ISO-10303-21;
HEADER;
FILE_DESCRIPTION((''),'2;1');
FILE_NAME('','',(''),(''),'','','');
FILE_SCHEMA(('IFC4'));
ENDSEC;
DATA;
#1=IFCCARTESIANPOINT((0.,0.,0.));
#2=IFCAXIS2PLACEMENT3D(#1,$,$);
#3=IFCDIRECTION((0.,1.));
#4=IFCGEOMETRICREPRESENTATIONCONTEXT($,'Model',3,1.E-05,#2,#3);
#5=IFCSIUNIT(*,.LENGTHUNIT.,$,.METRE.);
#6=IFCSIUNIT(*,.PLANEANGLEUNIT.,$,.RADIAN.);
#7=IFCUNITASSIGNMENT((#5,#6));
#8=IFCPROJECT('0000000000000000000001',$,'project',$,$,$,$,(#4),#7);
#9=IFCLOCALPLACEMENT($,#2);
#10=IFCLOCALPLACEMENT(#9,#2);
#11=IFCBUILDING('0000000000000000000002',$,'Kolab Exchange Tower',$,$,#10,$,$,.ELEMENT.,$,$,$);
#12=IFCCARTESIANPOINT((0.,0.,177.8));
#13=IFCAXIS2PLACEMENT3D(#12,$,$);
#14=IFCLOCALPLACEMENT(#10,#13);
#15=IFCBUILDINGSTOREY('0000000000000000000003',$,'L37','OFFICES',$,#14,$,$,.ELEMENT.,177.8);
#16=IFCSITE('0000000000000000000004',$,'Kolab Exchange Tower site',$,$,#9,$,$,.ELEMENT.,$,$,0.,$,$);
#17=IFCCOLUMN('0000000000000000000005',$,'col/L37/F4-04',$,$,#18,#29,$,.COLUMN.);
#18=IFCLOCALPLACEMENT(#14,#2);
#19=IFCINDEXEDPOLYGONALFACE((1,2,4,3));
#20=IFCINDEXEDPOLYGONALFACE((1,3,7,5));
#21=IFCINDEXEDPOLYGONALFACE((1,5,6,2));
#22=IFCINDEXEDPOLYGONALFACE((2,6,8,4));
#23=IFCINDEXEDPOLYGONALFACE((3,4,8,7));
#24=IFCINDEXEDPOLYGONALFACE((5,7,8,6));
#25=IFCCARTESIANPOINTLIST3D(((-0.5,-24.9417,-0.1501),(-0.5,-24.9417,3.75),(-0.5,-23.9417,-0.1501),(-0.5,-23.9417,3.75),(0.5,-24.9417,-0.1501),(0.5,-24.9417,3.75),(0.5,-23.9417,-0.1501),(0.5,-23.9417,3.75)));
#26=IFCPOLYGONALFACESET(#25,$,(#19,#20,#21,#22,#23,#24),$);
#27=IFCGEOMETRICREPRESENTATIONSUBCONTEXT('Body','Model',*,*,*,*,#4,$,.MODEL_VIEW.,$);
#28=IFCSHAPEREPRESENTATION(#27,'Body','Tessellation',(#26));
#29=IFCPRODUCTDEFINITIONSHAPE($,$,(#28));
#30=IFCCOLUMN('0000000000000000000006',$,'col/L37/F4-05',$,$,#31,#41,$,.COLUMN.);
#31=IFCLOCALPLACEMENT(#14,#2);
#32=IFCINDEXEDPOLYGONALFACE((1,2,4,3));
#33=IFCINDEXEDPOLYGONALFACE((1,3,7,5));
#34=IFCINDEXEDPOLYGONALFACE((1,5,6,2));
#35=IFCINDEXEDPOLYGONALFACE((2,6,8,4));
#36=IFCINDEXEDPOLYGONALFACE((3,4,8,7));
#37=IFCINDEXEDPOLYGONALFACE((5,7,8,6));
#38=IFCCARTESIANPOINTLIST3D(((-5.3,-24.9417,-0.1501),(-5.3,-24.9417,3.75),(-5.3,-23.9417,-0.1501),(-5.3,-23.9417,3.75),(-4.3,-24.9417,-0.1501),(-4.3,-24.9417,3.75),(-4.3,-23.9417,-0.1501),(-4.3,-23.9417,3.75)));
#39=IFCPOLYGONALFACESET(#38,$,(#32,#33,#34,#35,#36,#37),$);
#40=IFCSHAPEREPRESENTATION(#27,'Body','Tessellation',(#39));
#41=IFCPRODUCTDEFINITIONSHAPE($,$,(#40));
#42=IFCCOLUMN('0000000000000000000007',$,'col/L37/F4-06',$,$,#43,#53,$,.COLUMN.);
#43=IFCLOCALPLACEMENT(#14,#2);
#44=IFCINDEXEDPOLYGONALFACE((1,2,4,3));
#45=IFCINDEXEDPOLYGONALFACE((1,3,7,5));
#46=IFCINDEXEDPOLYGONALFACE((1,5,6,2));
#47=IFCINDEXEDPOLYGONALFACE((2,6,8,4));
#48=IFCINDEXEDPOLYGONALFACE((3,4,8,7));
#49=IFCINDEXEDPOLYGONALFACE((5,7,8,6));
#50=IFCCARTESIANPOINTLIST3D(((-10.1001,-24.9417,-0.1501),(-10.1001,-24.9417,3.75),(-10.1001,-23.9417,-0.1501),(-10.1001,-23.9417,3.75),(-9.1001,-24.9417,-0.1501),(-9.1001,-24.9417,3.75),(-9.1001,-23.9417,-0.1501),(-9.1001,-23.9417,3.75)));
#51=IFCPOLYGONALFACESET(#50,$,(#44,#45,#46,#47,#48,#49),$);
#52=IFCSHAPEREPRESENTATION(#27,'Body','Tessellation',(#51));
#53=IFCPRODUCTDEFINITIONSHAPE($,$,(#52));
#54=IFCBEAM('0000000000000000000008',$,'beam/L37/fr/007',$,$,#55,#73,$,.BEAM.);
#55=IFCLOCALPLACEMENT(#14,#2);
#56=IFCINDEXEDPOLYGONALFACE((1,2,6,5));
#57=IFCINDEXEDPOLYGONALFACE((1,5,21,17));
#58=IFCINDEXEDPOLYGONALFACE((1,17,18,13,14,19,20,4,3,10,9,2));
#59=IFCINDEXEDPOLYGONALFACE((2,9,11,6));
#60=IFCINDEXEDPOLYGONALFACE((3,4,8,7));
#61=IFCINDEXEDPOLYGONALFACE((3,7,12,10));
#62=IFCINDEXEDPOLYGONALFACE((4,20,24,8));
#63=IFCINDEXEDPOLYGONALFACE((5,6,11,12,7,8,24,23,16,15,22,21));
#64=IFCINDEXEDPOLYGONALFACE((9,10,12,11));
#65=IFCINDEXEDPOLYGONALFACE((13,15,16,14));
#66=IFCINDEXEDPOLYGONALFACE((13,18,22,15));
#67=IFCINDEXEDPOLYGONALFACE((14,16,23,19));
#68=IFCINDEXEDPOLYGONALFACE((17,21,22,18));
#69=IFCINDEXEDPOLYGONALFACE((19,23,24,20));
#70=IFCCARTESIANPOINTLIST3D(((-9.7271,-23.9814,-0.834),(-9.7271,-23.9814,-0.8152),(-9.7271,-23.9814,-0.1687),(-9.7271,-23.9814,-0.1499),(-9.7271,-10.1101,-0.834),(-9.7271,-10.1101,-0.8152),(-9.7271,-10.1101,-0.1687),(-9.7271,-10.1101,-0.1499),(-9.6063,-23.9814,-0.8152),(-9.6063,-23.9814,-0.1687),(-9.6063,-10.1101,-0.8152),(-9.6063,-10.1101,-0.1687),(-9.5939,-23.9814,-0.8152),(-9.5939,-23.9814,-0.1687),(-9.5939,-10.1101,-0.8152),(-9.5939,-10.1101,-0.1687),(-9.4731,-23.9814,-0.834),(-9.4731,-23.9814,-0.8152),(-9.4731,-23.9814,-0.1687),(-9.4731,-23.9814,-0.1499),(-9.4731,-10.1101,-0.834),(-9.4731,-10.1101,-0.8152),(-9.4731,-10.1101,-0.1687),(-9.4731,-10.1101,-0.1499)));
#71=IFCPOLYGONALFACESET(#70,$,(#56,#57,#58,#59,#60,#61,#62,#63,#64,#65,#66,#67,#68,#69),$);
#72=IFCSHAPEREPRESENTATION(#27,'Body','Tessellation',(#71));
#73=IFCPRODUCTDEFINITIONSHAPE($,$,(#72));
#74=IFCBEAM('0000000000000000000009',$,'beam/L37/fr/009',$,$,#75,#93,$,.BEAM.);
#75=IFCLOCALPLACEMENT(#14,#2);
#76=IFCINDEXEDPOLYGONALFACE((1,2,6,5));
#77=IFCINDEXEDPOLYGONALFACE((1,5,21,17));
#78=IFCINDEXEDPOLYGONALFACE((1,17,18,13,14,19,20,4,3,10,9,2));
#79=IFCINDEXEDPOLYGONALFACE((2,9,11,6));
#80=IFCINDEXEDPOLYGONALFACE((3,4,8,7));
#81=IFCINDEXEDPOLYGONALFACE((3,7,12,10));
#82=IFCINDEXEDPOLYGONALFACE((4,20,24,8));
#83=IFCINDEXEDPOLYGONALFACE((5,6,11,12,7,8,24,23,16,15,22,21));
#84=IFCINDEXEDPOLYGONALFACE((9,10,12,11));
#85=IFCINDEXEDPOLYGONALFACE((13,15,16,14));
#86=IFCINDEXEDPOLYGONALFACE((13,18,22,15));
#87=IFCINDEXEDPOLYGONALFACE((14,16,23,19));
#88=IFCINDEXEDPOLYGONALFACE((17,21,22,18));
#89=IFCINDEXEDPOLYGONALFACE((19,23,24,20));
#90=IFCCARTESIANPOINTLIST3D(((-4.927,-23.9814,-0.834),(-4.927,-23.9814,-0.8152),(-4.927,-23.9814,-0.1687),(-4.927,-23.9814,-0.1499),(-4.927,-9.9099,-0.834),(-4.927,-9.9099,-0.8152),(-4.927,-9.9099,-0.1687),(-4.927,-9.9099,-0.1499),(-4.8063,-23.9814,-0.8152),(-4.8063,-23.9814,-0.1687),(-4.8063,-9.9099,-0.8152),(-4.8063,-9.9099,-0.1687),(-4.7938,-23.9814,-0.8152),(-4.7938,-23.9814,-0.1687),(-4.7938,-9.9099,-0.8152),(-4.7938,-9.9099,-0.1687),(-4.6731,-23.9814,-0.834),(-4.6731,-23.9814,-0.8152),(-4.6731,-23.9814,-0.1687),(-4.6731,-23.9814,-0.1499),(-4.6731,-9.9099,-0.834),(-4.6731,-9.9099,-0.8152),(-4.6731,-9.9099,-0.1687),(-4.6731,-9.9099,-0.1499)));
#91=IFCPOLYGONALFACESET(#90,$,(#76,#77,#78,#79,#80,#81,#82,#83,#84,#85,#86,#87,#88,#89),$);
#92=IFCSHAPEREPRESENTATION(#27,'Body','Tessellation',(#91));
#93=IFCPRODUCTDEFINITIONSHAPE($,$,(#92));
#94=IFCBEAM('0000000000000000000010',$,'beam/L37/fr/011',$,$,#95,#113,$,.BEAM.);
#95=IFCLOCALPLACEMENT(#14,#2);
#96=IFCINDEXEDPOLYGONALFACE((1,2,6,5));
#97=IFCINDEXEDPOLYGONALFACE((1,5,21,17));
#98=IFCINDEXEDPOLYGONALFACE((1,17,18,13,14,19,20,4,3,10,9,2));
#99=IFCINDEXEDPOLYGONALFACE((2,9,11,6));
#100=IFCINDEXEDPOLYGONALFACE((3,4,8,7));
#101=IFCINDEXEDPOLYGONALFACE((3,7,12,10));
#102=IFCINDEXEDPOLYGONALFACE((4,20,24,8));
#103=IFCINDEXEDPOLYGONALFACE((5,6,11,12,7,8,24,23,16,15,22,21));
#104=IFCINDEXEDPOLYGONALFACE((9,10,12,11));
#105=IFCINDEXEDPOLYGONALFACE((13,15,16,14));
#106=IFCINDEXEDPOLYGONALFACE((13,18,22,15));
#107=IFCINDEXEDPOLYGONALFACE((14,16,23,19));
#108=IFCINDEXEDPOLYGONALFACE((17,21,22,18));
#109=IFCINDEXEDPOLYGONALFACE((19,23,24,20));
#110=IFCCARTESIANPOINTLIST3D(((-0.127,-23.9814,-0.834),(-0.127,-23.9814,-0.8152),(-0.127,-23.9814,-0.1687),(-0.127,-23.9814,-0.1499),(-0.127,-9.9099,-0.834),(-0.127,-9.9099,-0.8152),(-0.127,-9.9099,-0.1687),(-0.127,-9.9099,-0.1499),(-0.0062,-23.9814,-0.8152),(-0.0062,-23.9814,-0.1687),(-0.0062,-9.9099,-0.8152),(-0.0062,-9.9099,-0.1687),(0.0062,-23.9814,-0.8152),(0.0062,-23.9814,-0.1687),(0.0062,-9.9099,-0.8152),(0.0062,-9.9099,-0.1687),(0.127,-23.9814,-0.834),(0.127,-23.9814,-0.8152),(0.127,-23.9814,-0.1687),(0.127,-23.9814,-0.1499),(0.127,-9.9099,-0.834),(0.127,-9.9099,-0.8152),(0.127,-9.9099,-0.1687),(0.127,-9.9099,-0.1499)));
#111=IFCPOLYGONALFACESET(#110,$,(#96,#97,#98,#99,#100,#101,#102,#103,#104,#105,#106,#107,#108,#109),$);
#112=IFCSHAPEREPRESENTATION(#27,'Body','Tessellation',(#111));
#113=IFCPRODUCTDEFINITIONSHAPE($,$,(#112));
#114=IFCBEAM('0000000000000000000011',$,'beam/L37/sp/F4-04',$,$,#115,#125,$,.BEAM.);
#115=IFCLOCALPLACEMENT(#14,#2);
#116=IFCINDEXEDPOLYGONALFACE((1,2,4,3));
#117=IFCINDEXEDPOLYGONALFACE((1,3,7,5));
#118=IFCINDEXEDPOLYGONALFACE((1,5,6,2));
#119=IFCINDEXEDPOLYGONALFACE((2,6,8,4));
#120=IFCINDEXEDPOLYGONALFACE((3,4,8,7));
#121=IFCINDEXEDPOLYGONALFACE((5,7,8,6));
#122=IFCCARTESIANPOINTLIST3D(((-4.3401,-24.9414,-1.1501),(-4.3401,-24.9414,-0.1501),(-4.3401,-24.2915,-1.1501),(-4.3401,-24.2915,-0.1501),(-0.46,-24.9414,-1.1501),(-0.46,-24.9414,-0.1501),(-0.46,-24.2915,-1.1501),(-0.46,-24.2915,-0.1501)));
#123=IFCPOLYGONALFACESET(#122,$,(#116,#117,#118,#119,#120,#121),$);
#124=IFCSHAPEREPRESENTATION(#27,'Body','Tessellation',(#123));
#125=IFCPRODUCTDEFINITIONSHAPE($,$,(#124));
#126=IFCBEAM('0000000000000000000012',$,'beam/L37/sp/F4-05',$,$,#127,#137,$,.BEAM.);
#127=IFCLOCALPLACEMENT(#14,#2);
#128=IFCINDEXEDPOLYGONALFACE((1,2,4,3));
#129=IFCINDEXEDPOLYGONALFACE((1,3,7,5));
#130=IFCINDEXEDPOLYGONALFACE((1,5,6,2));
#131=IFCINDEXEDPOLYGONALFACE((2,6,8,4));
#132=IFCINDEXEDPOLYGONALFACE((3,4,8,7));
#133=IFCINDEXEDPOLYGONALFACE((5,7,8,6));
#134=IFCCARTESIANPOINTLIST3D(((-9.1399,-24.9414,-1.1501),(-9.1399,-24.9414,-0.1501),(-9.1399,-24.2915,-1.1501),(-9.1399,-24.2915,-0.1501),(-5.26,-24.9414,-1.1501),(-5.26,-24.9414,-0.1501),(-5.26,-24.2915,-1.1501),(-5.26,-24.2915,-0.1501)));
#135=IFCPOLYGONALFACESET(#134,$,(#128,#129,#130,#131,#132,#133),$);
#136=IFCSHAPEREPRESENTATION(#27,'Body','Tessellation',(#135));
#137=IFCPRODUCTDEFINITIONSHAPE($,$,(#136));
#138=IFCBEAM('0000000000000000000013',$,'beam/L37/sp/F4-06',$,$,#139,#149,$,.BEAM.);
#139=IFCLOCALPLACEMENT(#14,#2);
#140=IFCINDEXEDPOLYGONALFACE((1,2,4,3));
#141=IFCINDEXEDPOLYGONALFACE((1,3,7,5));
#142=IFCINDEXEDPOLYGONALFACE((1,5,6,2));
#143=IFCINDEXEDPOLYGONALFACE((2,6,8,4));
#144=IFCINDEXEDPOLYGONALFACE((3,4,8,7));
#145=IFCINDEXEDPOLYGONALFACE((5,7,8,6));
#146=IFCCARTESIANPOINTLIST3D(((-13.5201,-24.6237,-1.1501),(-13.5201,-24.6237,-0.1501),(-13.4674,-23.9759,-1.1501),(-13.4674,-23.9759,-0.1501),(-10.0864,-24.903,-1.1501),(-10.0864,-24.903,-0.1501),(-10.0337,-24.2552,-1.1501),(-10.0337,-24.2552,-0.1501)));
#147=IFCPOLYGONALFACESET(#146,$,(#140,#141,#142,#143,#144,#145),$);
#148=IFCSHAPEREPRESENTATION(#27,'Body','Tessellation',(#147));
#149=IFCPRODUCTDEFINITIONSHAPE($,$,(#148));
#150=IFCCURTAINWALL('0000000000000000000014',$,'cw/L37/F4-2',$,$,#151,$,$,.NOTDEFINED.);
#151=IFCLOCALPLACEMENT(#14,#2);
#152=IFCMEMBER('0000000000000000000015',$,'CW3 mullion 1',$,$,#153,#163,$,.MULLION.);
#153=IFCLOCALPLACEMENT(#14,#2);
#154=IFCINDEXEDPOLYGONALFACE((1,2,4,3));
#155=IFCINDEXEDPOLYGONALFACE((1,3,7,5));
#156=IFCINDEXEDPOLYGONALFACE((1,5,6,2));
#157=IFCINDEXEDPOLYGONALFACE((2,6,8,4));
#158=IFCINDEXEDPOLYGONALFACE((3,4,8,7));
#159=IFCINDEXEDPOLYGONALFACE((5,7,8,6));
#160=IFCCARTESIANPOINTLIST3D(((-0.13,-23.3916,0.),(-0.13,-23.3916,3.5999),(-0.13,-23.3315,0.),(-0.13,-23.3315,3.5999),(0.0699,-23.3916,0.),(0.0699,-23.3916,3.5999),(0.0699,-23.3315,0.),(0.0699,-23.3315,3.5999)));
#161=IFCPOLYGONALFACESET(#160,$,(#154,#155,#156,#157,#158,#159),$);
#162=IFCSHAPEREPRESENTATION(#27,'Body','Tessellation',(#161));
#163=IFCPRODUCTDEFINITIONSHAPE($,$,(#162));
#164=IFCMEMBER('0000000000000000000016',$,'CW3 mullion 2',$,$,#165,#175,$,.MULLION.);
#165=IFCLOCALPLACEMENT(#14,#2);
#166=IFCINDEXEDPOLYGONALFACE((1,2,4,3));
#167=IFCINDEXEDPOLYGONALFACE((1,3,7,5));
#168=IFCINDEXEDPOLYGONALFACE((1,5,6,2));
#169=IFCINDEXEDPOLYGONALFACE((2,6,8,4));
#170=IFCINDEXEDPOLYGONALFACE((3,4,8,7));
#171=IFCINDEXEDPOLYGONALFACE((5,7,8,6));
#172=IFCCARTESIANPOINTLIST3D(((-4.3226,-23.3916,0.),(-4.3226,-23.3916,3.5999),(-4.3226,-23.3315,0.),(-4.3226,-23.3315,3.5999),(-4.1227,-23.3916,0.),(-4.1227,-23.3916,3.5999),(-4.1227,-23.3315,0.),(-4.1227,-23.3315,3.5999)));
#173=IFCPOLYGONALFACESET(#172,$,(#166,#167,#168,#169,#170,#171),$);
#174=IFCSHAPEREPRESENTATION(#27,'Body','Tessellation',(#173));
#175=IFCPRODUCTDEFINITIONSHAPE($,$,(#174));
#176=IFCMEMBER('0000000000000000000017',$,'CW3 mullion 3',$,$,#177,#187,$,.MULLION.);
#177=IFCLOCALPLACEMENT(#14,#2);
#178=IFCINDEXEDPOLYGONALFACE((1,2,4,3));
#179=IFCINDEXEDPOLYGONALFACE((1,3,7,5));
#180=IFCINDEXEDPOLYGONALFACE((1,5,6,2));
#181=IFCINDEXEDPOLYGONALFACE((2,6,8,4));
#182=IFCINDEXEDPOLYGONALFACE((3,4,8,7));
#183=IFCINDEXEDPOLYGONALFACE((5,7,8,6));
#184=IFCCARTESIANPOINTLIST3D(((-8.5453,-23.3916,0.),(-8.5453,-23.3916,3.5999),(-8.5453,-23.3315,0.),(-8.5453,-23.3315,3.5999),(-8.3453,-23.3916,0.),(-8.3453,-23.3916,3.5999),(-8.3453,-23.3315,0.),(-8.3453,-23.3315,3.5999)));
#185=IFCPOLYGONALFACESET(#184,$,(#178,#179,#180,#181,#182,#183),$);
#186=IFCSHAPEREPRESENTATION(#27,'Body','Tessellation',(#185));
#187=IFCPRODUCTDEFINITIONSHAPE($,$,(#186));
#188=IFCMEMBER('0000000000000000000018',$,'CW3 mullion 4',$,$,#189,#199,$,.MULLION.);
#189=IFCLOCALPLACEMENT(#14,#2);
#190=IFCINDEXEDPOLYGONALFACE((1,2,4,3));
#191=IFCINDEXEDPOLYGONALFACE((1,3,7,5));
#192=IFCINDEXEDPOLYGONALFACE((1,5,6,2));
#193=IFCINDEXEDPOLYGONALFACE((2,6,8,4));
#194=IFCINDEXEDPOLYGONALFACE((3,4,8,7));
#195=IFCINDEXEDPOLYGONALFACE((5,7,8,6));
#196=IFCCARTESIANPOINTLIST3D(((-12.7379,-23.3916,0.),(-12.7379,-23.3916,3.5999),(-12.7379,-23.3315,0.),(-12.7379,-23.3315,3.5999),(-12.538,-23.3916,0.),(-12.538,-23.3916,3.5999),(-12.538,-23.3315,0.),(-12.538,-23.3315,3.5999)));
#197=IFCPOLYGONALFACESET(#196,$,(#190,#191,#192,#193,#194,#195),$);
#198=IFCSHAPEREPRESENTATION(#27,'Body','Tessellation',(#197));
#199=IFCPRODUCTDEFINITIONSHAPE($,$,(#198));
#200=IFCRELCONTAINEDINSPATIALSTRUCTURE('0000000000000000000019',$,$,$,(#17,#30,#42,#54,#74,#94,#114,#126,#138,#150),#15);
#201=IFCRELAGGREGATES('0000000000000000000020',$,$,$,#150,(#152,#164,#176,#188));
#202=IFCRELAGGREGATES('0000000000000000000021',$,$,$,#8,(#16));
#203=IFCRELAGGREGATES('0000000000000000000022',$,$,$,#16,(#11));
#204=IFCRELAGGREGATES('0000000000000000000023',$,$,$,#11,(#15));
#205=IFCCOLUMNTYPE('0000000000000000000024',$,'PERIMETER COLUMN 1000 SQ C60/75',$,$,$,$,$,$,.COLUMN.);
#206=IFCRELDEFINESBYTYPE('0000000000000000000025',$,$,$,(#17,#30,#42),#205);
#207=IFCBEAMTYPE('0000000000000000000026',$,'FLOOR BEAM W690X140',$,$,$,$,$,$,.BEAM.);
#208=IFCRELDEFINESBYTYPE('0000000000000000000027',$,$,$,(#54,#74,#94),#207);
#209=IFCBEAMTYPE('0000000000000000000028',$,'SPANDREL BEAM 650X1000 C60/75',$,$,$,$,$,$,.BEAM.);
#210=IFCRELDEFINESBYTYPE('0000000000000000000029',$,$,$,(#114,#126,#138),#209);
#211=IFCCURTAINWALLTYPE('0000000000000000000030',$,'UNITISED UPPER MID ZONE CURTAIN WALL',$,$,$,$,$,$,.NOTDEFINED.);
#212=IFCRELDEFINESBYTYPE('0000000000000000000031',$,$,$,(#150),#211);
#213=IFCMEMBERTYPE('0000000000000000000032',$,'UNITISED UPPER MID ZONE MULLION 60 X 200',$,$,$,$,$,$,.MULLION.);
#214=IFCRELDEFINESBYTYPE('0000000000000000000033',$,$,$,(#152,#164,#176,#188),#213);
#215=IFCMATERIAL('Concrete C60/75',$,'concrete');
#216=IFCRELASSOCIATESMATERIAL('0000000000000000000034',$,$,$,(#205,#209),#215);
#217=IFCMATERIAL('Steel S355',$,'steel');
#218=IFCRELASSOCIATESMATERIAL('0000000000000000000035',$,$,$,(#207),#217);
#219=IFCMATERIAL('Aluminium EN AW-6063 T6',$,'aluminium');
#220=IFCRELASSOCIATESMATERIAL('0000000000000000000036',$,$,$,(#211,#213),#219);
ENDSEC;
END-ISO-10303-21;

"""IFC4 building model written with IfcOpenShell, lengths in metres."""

from ifc_helpers import new_model, si_unit, direction, frame, origin, origin_2d, place, context, subcontext, project, spatial, rectangle, i_section, extrude, material, material_profile, profile_set, type_object, element, aggregate, save


model = new_model("IFC4")

# Units and contexts
model_context = context("Model", 3, precision=1e-05, world=origin(), true_north=direction((0.0, 1.0)))
body_context = subcontext(model_context, "Body", "Model", "MODEL_VIEW")
ifc_project = project(units=[si_unit("LENGTHUNIT", "METRE"), si_unit("PLANEANGLEUNIT", "RADIAN")], contexts=[model_context])

# Site, building, storey
site_placement = place(None, origin())
site = spatial("IfcSite", under=ifc_project, at=site_placement, Name="Kolab Exchange Tower site", CompositionType="ELEMENT", RefElevation=0.0)
building_placement = place(site_placement, origin())
building = spatial("IfcBuilding", under=site, at=building_placement, Name="Kolab Exchange Tower", CompositionType="ELEMENT")
storey_placement = place(building_placement, frame((0.0, 0.0, 177.8)))
storey = spatial("IfcBuildingStorey", under=building, at=storey_placement, Name="L37", Description="OFFICES", CompositionType="ELEMENT", Elevation=177.8)

# Columns
ifc_material_1 = material(Name="Concrete C60/75", Category="concrete")
ifc_material_profile_1 = material_profile(ifc_material_1, rectangle(XDim=1.0, YDim=1.0, at=origin_2d()), Name="RC1000")
ifc_profile_set_1 = profile_set([ifc_material_profile_1], Name="Concrete C60/75")
column_type = type_object("IfcColumnType", Name="PERIMETER COLUMN 1000 SQ C60/75", PredefinedType="COLUMN", material=ifc_profile_set_1)
for number, where, z_axis, x_axis, name in (
    (1, (0.0, -24.4417, -0.1501), (0.0, 0.0, 1.0), (1.0, 0.0, 0.0), "col/L37/F4-04"),
    (2, (-4.8, -24.4417, -0.1501), (0.0, 0.0, 1.0), (1.0, 0.0, 0.0), "col/L37/F4-05"),
    (3, (-9.6001, -24.4417, -0.1501), (0.0, 0.0, 1.0), (1.0, 0.0, 0.0), "col/L37/F4-06"),
):
    element("IfcColumn", number, at=place(storey_placement, frame(where, z_axis=z_axis, x_axis=x_axis)), inside=storey, type_object=column_type, Name=name, PredefinedType="COLUMN", context=body_context, shape_type="SweptSolid", body=[
        extrude(rectangle(XDim=1.0, YDim=1.0, at=origin_2d()), origin(), (0.0, 0.0, 1.0), 3.9001),
    ])

# Beams
ifc_material_2 = material(Name="Steel S355", Category="steel")
ifc_material_profile_2 = material_profile(ifc_material_2, i_section(OverallWidth=0.2539, OverallDepth=0.6841, WebThickness=0.0125, FlangeThickness=0.0188, at=origin_2d()), Name="W690X140")
ifc_profile_set_2 = profile_set([ifc_material_profile_2], Name="Steel S355")
beam_type_1 = type_object("IfcBeamType", Name="FLOOR BEAM W690X140", PredefinedType="BEAM", material=ifc_profile_set_2)
beam_1_placement = place(storey_placement, frame((-9.6001, -23.9814, -0.4919), z_axis=(0.0, 1.0, 0.0), x_axis=(-1.0, 0.0, 0.0)))
element("IfcBeam", 4, at=beam_1_placement, inside=storey, type_object=beam_type_1, Name="beam/L37/fr/007", PredefinedType="BEAM", context=body_context, shape_type="SweptSolid", body=[
    extrude(i_section(OverallWidth=0.2539, OverallDepth=0.6841, WebThickness=0.0125, FlangeThickness=0.0188, at=origin_2d()), origin(), (0.0, 0.0, 1.0), 13.8713),
])
for number, where, z_axis, x_axis, name in (
    (5, (-4.8, -23.9814, -0.4919), (0.0, 1.0, 0.0), (-1.0, 0.0, 0.0), "beam/L37/fr/009"),
    (6, (0.0, -23.9814, -0.4919), (0.0, 1.0, 0.0), (-1.0, 0.0, 0.0), "beam/L37/fr/011"),
):
    element("IfcBeam", number, at=place(storey_placement, frame(where, z_axis=z_axis, x_axis=x_axis)), inside=storey, type_object=beam_type_1, Name=name, PredefinedType="BEAM", context=body_context, shape_type="SweptSolid", body=[
        extrude(i_section(OverallWidth=0.2539, OverallDepth=0.6841, WebThickness=0.0125, FlangeThickness=0.0188, at=origin_2d()), origin(), (0.0, 0.0, 1.0), 14.0715),
    ])
ifc_material_profile_3 = material_profile(ifc_material_1, rectangle(XDim=0.6499, YDim=1.0, at=origin_2d()), Name="RC650X1000")
ifc_profile_set_3 = profile_set([ifc_material_profile_3], Name="Concrete C60/75")
beam_type_2 = type_object("IfcBeamType", Name="SPANDREL BEAM 650X1000 C60/75", PredefinedType="BEAM", material=ifc_profile_set_3)
beam_2_placement = place(storey_placement, frame((-0.46, -24.6165, -0.6501), z_axis=(-1.0, 0.0, 0.0), x_axis=(0.0, -1.0, 0.0)))
element("IfcBeam", 7, at=beam_2_placement, inside=storey, type_object=beam_type_2, Name="beam/L37/sp/F4-04", PredefinedType="BEAM", context=body_context, shape_type="SweptSolid", body=[
    extrude(rectangle(XDim=0.6499, YDim=1.0, at=origin_2d()), origin(), (0.0, 0.0, 1.0), 3.8801),
])
beam_3_placement = place(storey_placement, frame((-5.26, -24.6165, -0.6501), z_axis=(-1.0, 0.0, 0.0), x_axis=(0.0, -1.0, 0.0)))
element("IfcBeam", 8, at=beam_3_placement, inside=storey, type_object=beam_type_2, Name="beam/L37/sp/F4-05", PredefinedType="BEAM", context=body_context, shape_type="SweptSolid", body=[
    extrude(rectangle(XDim=0.6499, YDim=1.0, at=origin_2d()), origin(), (0.0, 0.0, 1.0), 3.8799),
])
beam_4_placement = place(storey_placement, frame((-10.0601, -24.5791, -0.6501), z_axis=(-0.996708, 0.081069, 0.0), x_axis=(-0.081069, -0.996708, 0.0)))
element("IfcBeam", 9, at=beam_4_placement, inside=storey, type_object=beam_type_2, Name="beam/L37/sp/F4-06", PredefinedType="BEAM", context=body_context, shape_type="SweptSolid", body=[
    extrude(rectangle(XDim=0.6499, YDim=1.0, at=origin_2d()), origin(), (0.0, 0.0, 1.0), 3.4451),
])

# Curtain wall, members
ifc_material_3 = material(Name="Aluminium EN AW-6063 T6", Category="aluminium")
curtain_wall_type = type_object("IfcCurtainWallType", Name="UNITISED UPPER MID ZONE CURTAIN WALL", PredefinedType="NOTDEFINED", material=ifc_material_3)
curtain_wall_placement = place(storey_placement, origin())
curtain_wall = element("IfcCurtainWall", 10, at=curtain_wall_placement, inside=storey, type_object=curtain_wall_type, Name="cw/L37/F4-2", PredefinedType="NOTDEFINED")
ifc_material_profile_4 = material_profile(ifc_material_3, rectangle(XDim=0.0601, YDim=0.2, at=origin_2d()), Name="RECT 60X200")
ifc_profile_set_4 = profile_set([ifc_material_profile_4], Name="Aluminium EN AW-6063 T6")
member_type_1 = type_object("IfcMemberType", Name="UNITISED UPPER MID ZONE MULLION 60 X 200", PredefinedType="MULLION", material=ifc_profile_set_4)
member_1_placement = place(storey_placement, frame((-0.03, -23.3616, 0.0), z_axis=(0.0, 0.0, 1.0), x_axis=(0.0, -1.0, 0.0)))
member_1 = element("IfcMember", 11, at=member_1_placement, type_object=member_type_1, Name="CW3 mullion 1", PredefinedType="MULLION", context=body_context, shape_type="SweptSolid", body=[
    extrude(rectangle(XDim=0.0601, YDim=0.2, at=origin_2d()), origin(), (0.0, 0.0, 1.0), 3.5999),
])
member_2_placement = place(storey_placement, frame((-4.2227, -23.3616, 0.0), z_axis=(0.0, 0.0, 1.0), x_axis=(0.0, -1.0, 0.0)))
member_2 = element("IfcMember", 12, at=member_2_placement, type_object=member_type_1, Name="CW3 mullion 2", PredefinedType="MULLION", context=body_context, shape_type="SweptSolid", body=[
    extrude(rectangle(XDim=0.0601, YDim=0.2, at=origin_2d()), origin(), (0.0, 0.0, 1.0), 3.5999),
])
member_3_placement = place(storey_placement, frame((-8.4453, -23.3616, 0.0), z_axis=(0.0, 0.0, 1.0), x_axis=(0.0, -1.0, 0.0)))
member_3 = element("IfcMember", 13, at=member_3_placement, type_object=member_type_1, Name="CW3 mullion 3", PredefinedType="MULLION", context=body_context, shape_type="SweptSolid", body=[
    extrude(rectangle(XDim=0.0601, YDim=0.2, at=origin_2d()), origin(), (0.0, 0.0, 1.0), 3.5999),
])
member_4_placement = place(storey_placement, frame((-12.6379, -23.3616, 0.0), z_axis=(0.0, 0.0, 1.0), x_axis=(0.0, -1.0, 0.0)))
member_4 = element("IfcMember", 14, at=member_4_placement, type_object=member_type_1, Name="CW3 mullion 4", PredefinedType="MULLION", context=body_context, shape_type="SweptSolid", body=[
    extrude(rectangle(XDim=0.0601, YDim=0.2, at=origin_2d()), origin(), (0.0, 0.0, 1.0), 3.5999),
])
aggregate(curtain_wall, [member_1, member_2, member_3, member_4])

save(model, "model.ifc")
